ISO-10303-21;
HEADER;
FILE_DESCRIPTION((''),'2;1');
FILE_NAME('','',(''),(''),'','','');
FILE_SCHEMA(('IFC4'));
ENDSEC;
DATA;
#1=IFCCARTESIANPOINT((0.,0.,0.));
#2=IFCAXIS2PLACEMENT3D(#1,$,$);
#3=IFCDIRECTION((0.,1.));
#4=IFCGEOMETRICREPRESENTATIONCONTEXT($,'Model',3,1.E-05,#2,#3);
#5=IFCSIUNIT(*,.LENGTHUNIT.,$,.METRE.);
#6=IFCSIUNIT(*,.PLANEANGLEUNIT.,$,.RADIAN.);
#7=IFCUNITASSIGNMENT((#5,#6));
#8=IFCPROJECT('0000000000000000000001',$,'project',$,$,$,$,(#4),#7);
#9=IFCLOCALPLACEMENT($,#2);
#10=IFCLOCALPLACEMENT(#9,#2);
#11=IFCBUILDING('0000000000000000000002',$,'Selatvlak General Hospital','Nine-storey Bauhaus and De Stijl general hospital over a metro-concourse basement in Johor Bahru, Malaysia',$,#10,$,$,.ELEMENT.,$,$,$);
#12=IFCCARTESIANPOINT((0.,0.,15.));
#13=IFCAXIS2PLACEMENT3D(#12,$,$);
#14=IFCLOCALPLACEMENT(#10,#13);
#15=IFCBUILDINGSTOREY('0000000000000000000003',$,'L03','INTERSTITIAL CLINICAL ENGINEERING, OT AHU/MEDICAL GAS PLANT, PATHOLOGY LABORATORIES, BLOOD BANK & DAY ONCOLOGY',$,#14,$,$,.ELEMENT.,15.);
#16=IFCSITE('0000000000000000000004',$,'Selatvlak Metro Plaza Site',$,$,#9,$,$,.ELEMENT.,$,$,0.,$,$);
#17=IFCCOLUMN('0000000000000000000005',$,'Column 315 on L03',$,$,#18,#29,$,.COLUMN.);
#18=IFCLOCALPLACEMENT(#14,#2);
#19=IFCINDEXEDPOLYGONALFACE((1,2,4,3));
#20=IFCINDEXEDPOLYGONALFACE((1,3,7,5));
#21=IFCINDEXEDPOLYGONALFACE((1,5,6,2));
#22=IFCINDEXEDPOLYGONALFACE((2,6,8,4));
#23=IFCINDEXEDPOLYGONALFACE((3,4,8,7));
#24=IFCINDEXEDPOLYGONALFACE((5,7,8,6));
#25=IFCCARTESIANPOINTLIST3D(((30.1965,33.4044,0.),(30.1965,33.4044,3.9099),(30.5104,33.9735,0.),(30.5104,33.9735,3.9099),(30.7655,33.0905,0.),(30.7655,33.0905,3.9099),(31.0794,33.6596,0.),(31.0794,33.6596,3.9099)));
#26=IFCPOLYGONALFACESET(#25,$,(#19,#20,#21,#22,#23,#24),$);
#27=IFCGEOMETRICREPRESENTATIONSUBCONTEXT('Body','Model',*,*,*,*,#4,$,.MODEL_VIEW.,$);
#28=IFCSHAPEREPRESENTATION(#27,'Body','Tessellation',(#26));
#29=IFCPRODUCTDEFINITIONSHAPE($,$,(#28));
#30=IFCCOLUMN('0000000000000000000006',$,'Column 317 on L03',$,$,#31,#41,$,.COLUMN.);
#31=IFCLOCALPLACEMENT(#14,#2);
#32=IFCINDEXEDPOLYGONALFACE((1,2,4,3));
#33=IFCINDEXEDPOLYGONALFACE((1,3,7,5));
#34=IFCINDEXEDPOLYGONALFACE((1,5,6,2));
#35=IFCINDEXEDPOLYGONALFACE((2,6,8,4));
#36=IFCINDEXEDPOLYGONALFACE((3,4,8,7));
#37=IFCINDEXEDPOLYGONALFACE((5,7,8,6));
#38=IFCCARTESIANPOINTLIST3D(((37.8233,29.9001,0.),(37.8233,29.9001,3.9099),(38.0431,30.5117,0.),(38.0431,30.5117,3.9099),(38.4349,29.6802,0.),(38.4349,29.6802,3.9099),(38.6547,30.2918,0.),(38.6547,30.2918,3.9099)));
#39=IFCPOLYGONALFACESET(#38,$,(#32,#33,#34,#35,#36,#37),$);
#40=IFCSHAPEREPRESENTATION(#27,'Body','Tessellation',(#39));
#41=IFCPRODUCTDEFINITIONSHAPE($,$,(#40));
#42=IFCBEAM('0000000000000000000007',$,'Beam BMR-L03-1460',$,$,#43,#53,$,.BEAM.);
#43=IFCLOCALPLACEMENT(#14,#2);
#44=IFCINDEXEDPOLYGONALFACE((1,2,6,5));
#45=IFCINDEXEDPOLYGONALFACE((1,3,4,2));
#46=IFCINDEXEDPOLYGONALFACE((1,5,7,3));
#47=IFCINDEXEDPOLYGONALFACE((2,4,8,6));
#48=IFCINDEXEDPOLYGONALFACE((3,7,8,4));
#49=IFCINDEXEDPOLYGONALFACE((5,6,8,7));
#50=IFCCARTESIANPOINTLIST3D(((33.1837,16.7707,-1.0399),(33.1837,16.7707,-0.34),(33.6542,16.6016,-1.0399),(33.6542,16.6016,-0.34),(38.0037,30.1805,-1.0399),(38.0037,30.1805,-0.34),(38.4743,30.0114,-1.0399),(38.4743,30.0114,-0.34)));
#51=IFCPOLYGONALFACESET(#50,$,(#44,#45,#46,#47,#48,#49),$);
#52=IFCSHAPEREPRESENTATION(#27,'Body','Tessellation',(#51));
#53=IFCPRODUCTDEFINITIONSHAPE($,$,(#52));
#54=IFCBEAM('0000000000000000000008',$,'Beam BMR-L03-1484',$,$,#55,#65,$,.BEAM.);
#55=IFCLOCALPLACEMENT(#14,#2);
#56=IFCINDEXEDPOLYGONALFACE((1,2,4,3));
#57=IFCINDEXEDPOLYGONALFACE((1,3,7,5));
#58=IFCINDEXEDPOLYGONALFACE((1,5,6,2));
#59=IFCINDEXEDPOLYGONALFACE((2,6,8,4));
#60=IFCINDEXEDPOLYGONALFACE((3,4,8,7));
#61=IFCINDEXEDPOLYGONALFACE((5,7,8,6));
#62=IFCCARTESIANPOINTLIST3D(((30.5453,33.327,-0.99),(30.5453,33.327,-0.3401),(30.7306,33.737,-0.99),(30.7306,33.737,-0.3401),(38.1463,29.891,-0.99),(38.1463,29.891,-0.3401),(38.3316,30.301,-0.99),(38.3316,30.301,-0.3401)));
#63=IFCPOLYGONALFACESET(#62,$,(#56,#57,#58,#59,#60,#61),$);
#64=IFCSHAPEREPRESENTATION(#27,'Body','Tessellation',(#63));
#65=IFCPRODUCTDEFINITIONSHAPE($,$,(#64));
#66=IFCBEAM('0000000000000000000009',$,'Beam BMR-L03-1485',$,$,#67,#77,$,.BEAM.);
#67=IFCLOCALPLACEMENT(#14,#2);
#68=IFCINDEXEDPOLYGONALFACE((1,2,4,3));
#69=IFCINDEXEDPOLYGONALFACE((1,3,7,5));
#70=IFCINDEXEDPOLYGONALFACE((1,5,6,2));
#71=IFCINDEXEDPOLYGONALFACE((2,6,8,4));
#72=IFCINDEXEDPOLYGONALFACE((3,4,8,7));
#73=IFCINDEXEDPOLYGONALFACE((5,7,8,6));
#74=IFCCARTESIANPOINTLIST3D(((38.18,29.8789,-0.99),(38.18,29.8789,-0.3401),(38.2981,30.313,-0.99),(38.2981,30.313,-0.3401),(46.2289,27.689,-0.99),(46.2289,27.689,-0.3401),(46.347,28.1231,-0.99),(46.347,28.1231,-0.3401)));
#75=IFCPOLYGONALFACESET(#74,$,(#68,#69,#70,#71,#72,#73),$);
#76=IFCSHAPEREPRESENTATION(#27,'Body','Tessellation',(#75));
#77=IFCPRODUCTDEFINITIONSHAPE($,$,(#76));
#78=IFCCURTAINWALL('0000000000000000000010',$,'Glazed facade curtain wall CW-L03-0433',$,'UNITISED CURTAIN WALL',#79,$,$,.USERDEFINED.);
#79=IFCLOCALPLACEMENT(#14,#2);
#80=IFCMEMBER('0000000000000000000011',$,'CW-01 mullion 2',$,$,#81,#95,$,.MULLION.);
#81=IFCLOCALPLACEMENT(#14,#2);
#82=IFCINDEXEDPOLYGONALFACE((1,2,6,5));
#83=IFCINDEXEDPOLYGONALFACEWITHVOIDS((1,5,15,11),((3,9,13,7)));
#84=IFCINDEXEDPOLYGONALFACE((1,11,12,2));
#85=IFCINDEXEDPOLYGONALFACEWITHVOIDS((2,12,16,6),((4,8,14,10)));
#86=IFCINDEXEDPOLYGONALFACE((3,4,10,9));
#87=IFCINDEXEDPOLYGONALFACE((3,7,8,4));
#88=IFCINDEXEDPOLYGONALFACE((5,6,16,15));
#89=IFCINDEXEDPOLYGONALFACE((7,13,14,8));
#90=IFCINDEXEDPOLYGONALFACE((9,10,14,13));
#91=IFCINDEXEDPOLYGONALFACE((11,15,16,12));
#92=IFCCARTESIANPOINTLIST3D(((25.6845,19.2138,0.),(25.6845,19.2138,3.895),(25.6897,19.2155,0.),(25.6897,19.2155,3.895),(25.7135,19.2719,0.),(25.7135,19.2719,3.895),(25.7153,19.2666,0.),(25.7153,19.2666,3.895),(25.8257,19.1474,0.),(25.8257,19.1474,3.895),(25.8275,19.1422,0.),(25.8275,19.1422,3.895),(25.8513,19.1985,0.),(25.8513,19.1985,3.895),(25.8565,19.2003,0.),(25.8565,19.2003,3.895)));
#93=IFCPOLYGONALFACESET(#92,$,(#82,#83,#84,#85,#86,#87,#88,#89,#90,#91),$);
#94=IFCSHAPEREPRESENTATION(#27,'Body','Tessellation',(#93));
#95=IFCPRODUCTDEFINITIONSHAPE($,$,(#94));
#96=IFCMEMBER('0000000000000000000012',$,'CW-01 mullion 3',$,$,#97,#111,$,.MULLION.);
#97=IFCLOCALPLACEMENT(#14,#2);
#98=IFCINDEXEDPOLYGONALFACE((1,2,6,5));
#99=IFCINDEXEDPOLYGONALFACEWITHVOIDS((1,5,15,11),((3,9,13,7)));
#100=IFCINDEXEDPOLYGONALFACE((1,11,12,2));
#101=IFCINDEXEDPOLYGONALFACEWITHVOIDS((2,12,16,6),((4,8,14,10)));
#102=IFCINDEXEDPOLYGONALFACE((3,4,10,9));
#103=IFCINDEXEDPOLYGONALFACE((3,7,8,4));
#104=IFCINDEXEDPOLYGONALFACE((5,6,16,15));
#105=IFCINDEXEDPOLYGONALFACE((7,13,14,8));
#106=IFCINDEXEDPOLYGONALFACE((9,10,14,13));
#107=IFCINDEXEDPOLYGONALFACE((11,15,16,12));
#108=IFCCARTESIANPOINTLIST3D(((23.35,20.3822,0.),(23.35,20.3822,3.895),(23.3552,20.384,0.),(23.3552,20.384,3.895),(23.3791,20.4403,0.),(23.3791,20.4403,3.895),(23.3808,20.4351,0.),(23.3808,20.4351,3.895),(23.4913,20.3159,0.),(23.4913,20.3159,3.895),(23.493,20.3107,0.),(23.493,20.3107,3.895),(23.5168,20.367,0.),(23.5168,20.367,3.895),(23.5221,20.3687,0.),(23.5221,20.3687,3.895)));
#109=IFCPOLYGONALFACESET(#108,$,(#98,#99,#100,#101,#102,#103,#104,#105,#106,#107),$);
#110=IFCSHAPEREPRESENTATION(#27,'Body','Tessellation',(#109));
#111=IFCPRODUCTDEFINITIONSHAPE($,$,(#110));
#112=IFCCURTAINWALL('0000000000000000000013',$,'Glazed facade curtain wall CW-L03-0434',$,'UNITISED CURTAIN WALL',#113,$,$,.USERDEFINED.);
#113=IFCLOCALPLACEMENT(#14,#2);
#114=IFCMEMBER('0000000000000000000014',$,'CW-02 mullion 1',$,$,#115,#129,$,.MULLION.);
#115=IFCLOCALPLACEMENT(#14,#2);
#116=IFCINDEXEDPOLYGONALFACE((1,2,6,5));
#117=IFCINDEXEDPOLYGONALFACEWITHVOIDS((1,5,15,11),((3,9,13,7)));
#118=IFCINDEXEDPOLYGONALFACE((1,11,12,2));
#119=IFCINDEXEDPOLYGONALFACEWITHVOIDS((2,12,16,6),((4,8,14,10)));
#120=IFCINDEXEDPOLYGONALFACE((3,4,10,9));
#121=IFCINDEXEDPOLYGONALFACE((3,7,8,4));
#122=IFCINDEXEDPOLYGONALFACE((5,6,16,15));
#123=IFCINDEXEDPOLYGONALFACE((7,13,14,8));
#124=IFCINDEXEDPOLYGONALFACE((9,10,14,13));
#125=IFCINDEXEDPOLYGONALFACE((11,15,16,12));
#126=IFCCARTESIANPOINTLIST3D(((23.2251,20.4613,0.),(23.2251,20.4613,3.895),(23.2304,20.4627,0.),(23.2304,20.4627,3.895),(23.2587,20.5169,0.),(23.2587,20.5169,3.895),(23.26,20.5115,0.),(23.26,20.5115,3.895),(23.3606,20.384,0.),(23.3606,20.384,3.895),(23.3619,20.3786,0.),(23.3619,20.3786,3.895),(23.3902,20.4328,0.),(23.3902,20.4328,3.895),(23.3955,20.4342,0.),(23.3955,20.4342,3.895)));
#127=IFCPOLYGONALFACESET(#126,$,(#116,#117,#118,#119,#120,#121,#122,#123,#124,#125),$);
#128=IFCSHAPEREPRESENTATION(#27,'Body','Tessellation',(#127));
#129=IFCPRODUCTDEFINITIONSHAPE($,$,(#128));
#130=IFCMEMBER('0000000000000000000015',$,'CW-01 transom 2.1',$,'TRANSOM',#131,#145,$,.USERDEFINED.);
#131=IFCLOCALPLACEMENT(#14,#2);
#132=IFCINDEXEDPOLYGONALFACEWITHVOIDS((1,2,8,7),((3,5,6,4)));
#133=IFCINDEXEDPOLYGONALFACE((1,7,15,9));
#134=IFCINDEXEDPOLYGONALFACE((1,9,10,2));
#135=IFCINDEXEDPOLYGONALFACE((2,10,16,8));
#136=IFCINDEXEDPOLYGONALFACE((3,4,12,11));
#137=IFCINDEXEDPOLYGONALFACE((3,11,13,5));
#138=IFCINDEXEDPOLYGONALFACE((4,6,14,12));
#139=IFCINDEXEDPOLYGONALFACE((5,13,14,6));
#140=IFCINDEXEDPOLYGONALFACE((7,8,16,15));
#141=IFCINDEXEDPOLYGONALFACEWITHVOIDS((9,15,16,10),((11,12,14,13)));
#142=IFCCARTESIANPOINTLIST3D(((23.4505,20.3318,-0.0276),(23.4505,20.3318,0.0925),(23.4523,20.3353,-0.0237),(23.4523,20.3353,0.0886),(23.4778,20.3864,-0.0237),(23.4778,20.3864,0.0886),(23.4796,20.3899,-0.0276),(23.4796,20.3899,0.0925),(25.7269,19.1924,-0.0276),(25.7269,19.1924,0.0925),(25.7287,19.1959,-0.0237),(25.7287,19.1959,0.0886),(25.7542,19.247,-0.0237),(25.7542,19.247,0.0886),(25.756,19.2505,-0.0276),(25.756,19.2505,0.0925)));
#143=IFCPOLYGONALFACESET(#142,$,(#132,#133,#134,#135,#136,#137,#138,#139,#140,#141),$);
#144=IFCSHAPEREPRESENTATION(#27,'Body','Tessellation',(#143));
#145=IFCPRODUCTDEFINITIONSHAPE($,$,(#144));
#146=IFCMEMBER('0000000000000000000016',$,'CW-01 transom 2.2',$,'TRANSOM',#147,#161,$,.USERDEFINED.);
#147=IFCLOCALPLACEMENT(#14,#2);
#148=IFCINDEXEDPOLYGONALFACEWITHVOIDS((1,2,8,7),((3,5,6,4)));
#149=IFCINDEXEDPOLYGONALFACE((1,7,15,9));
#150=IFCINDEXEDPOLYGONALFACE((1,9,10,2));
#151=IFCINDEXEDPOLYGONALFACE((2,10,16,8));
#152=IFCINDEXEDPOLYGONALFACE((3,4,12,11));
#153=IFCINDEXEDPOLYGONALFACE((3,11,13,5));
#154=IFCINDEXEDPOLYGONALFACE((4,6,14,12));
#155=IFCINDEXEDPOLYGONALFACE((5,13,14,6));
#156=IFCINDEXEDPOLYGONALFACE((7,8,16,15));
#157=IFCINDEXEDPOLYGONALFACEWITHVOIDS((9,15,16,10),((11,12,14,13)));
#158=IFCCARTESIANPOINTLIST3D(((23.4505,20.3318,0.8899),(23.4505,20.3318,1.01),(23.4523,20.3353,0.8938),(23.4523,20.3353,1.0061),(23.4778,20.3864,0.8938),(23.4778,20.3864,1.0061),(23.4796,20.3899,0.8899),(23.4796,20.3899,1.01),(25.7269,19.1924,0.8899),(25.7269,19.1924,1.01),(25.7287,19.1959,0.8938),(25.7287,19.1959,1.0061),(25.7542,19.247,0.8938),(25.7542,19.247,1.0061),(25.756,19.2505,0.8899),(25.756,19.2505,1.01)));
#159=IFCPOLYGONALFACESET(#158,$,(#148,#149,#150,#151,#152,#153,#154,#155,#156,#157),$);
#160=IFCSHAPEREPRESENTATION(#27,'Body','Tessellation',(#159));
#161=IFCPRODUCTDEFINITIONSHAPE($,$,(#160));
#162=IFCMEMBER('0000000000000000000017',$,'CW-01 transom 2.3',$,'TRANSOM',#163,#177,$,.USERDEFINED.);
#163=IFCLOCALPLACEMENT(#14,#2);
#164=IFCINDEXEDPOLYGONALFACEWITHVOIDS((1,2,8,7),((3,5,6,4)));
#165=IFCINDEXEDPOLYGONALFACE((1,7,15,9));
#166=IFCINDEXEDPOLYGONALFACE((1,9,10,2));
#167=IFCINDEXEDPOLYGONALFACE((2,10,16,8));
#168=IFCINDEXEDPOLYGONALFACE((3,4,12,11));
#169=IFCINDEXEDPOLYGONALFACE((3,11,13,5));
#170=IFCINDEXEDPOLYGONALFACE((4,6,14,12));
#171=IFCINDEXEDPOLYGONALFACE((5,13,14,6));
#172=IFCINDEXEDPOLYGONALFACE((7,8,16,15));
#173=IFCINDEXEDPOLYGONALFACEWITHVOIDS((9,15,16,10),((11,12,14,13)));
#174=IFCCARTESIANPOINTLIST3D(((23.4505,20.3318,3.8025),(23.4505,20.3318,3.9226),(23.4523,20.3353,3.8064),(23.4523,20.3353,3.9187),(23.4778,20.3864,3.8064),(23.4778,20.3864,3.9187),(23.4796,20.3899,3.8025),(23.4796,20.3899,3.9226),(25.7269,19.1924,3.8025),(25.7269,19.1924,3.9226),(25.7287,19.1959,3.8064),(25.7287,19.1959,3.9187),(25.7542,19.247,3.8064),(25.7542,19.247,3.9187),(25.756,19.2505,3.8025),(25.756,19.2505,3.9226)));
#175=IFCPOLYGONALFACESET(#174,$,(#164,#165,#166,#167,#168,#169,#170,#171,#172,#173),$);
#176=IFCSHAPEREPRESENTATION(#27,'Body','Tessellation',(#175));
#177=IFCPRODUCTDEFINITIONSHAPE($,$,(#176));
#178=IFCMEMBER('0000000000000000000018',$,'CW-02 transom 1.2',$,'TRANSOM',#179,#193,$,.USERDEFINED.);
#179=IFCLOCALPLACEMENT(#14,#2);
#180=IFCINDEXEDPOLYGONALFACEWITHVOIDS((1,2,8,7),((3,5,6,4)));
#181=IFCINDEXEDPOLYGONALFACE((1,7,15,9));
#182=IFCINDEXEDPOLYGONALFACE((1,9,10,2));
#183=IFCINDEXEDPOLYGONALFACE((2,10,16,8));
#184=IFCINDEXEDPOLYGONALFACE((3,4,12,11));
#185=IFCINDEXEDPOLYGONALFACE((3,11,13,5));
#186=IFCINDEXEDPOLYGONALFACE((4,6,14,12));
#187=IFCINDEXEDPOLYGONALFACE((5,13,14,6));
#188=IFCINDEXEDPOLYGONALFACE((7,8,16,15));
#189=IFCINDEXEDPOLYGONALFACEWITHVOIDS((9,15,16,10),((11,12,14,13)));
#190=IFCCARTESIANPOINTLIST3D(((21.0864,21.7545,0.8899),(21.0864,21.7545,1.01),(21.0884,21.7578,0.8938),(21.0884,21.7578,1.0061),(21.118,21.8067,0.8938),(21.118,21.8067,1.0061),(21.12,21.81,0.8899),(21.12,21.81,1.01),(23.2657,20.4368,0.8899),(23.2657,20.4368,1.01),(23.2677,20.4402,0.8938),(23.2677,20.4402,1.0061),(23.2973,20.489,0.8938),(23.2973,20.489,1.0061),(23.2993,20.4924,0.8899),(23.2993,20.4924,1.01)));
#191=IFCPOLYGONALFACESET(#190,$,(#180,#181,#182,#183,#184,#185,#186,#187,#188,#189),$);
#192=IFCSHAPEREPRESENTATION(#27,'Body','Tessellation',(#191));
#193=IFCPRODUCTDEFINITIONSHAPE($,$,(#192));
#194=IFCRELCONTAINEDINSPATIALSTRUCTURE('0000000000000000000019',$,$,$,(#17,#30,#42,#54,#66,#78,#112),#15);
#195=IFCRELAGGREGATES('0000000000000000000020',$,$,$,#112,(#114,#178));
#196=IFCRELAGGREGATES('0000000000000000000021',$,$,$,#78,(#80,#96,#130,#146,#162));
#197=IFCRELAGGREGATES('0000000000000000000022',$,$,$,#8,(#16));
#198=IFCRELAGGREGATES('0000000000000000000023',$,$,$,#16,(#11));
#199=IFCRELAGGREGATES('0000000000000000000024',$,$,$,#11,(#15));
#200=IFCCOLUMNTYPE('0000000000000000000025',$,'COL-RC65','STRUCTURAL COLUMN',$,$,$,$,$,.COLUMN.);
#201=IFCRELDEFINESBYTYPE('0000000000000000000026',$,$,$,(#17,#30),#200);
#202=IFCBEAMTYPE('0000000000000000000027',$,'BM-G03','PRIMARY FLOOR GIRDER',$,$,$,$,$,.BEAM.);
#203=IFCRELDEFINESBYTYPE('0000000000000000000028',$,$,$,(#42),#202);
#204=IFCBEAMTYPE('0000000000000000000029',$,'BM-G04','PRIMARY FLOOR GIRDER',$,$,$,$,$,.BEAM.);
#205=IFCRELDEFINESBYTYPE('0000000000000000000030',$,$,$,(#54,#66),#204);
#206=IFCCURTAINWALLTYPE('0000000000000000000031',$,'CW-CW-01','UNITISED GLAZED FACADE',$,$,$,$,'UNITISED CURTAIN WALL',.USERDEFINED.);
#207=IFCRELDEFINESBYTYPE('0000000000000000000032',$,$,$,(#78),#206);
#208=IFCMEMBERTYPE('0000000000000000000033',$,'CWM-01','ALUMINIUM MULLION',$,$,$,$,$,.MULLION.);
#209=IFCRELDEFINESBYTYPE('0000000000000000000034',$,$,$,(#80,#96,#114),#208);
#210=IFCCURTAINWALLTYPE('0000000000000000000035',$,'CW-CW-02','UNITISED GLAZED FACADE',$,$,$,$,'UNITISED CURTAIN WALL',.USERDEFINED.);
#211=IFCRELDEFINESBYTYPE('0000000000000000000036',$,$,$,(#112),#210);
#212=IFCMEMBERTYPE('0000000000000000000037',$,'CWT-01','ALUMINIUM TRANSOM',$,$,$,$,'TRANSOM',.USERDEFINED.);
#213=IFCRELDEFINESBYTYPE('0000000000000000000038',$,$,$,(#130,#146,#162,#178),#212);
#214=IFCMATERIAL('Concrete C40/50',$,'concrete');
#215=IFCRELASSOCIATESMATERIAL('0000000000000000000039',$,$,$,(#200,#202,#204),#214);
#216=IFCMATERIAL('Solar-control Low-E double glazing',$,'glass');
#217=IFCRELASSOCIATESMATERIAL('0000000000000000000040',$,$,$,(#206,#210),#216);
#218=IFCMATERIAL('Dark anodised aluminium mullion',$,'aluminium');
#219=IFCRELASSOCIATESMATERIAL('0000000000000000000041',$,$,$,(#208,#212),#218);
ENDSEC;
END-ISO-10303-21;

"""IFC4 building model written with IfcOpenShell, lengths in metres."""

from ifc_helpers import new_model, si_unit, direction, frame, origin, origin_2d, place, context, subcontext, project, spatial, rectangle, hollow_rectangle, extrude, material, material_profile, profile_set, type_object, element, aggregate, save


model = new_model("IFC4")

# Units and contexts
model_context = context("Model", 3, precision=1e-05, world=origin(), true_north=direction((0.0, 1.0)))
body_context = subcontext(model_context, "Body", "Model", "MODEL_VIEW")
ifc_project = project(units=[si_unit("LENGTHUNIT", "METRE"), si_unit("PLANEANGLEUNIT", "RADIAN")], contexts=[model_context])

# Site, building, storey
site_placement = place(None, origin())
site = spatial("IfcSite", under=ifc_project, at=site_placement, Name="Selatvlak Metro Plaza Site", CompositionType="ELEMENT", RefElevation=0.0)
building_placement = place(site_placement, origin())
building = spatial("IfcBuilding", under=site, at=building_placement, Name="Selatvlak General Hospital", Description="Nine-storey Bauhaus and De Stijl general hospital over a metro-concourse basement in Johor Bahru, Malaysia", CompositionType="ELEMENT")
storey_placement = place(building_placement, frame((0.0, 0.0, 15.0)))
storey = spatial("IfcBuildingStorey", under=building, at=storey_placement, Name="L03", Description="INTERSTITIAL CLINICAL ENGINEERING, OT AHU/MEDICAL GAS PLANT, PATHOLOGY LABORATORIES, BLOOD BANK & DAY ONCOLOGY", CompositionType="ELEMENT", Elevation=15.0)

# Columns
ifc_material_1 = material(Name="Concrete C40/50", Category="concrete")
ifc_material_profile_1 = material_profile(ifc_material_1, rectangle(XDim=0.6499, YDim=0.6499, at=origin_2d()), Name="RC-COL 650x650")
ifc_profile_set_1 = profile_set([ifc_material_profile_1], Name="Concrete C40/50")
column_type = type_object("IfcColumnType", Name="COL-RC65", Description="STRUCTURAL COLUMN", PredefinedType="COLUMN", material=ifc_profile_set_1)
for number, where, z_axis, x_axis, name in (
    (1, (30.6379, 33.532, 0.0), (0.0, 0.0, 1.0), (0.483007, 0.875616, 0.0), "Column 315 on L03"),
    (2, (38.239, 30.0959, 0.0), (0.0, 0.0, 1.0), (0.338262, 0.941052, 0.0), "Column 317 on L03"),
):
    element("IfcColumn", number, at=place(storey_placement, frame(where, z_axis=z_axis, x_axis=x_axis)), inside=storey, type_object=column_type, Name=name, PredefinedType="COLUMN", context=body_context, shape_type="SweptSolid", body=[
        extrude(rectangle(XDim=0.6499, YDim=0.6499, at=origin_2d()), origin(), (0.0, 0.0, 1.0), 3.9099),
    ])

# Beams
ifc_material_profile_2 = material_profile(ifc_material_1, rectangle(XDim=0.5, YDim=0.7, at=origin_2d()), Name="RC-BM 500x700")
ifc_profile_set_2 = profile_set([ifc_material_profile_2], Name="Concrete C40/50")
beam_type_1 = type_object("IfcBeamType", Name="BM-G03", Description="PRIMARY FLOOR GIRDER", PredefinedType="BEAM", material=ifc_profile_set_2)
beam_placement = place(storey_placement, frame((38.239, 30.0959, -0.6899), z_axis=(-0.338253, -0.941055, 0.0), x_axis=(0.941055, -0.338253, 0.0)))
element("IfcBeam", 3, at=beam_placement, inside=storey, type_object=beam_type_1, Name="Beam BMR-L03-1460", PredefinedType="BEAM", context=body_context, shape_type="SweptSolid", body=[
    extrude(rectangle(XDim=0.5, YDim=0.7, at=origin_2d()), origin(), (0.0, 0.0, 1.0), 14.2498),
])
ifc_material_profile_3 = material_profile(ifc_material_1, rectangle(XDim=0.45, YDim=0.6499, at=origin_2d()), Name="RC-BM 450x650")
ifc_profile_set_3 = profile_set([ifc_material_profile_3], Name="Concrete C40/50")
beam_type_2 = type_object("IfcBeamType", Name="BM-G04", Description="PRIMARY FLOOR GIRDER", PredefinedType="BEAM", material=ifc_profile_set_3)
for number, where, z_axis, x_axis, name in (
    (4, (30.6379, 33.532, -0.665), (0.911223, -0.411914, 0.0), (0.411914, 0.911223, 0.0), "Beam BMR-L03-1484"),
    (5, (38.239, 30.0959, -0.665), (0.964924, -0.26253, 0.0), (0.26253, 0.964924, 0.0), "Beam BMR-L03-1485"),
):
    element("IfcBeam", number, at=place(storey_placement, frame(where, z_axis=z_axis, x_axis=x_axis)), inside=storey, type_object=beam_type_2, Name=name, PredefinedType="BEAM", context=body_context, shape_type="SweptSolid", body=[
        extrude(rectangle(XDim=0.45, YDim=0.6499, at=origin_2d()), origin(), (0.0, 0.0, 1.0), 8.3416),
    ])

# Curtain wall, members
ifc_material_2 = material(Name="Solar-control Low-E double glazing", Category="glass")
curtain_wall_type_1 = type_object("IfcCurtainWallType", Name="CW-CW-01", Description="UNITISED GLAZED FACADE", ElementType="UNITISED CURTAIN WALL", PredefinedType="USERDEFINED", material=ifc_material_2)
curtain_wall_1_placement = place(storey_placement, origin())
curtain_wall_1 = element("IfcCurtainWall", 6, at=curtain_wall_1_placement, inside=storey, type_object=curtain_wall_type_1, Name="Glazed facade curtain wall CW-L03-0433", ObjectType="UNITISED CURTAIN WALL", PredefinedType="USERDEFINED")
ifc_material_3 = material(Name="Dark anodised aluminium mullion", Category="aluminium")
ifc_material_profile_4 = material_profile(ifc_material_3, hollow_rectangle(XDim=0.0649, YDim=0.1599, WallThickness=0.0039, at=origin_2d()), Name="AL-MUL 65x160x4")
ifc_profile_set_4 = profile_set([ifc_material_profile_4], Name="Dark anodised aluminium mullion")
member_type_1 = type_object("IfcMemberType", Name="CWM-01", Description="ALUMINIUM MULLION", PredefinedType="MULLION", material=ifc_profile_set_4)
member_1_placement = place(storey_placement, frame((25.7705, 19.207, 0.0), z_axis=(0.0, 0.0, 1.0), x_axis=(-0.447592, -0.894238, 0.0)))
member_1 = element("IfcMember", 7, at=member_1_placement, type_object=member_type_1, Name="CW-01 mullion 2", PredefinedType="MULLION", context=body_context, shape_type="SweptSolid", body=[
    extrude(hollow_rectangle(XDim=0.0649, YDim=0.1599, WallThickness=0.0039, at=origin_2d()), origin(), (0.0, 0.0, 1.0), 3.895),
])
member_2_placement = place(storey_placement, frame((23.436, 20.3755, 0.0), z_axis=(0.0, 0.0, 1.0), x_axis=(-0.447592, -0.894238, 0.0)))
member_2 = element("IfcMember", 8, at=member_2_placement, type_object=member_type_1, Name="CW-01 mullion 3", PredefinedType="MULLION", context=body_context, shape_type="SweptSolid", body=[
    extrude(hollow_rectangle(XDim=0.0649, YDim=0.1599, WallThickness=0.0039, at=origin_2d()), origin(), (0.0, 0.0, 1.0), 3.895),
])

# Curtain wall, member
curtain_wall_type_2 = type_object("IfcCurtainWallType", Name="CW-CW-02", Description="UNITISED GLAZED FACADE", ElementType="UNITISED CURTAIN WALL", PredefinedType="USERDEFINED", material=ifc_material_2)
curtain_wall_2_placement = place(storey_placement, origin())
curtain_wall_2 = element("IfcCurtainWall", 9, at=curtain_wall_2_placement, inside=storey, type_object=curtain_wall_type_2, Name="Glazed facade curtain wall CW-L03-0434", ObjectType="UNITISED CURTAIN WALL", PredefinedType="USERDEFINED")
member_3_placement = place(storey_placement, frame((23.3103, 20.4478, 0.0), z_axis=(0.0, 0.0, 1.0), x_axis=(-0.517413, -0.855736, 0.0)))
member_3 = element("IfcMember", 10, at=member_3_placement, type_object=member_type_1, Name="CW-02 mullion 1", PredefinedType="MULLION", context=body_context, shape_type="SweptSolid", body=[
    extrude(hollow_rectangle(XDim=0.0649, YDim=0.1599, WallThickness=0.0039, at=origin_2d()), origin(), (0.0, 0.0, 1.0), 3.895),
])

# Members
ifc_material_profile_5 = material_profile(ifc_material_3, hollow_rectangle(XDim=0.0649, YDim=0.1201, WallThickness=0.0039, at=origin_2d()), Name="AL-TRN 65x120x4")
ifc_profile_set_5 = profile_set([ifc_material_profile_5], Name="Dark anodised aluminium mullion")
member_type_2 = type_object("IfcMemberType", Name="CWT-01", Description="ALUMINIUM TRANSOM", ElementType="TRANSOM", PredefinedType="USERDEFINED", material=ifc_profile_set_5)
member_4_placement = place(storey_placement, frame((25.7415, 19.2214, 0.0325), z_axis=(-0.894235, 0.447597, 0.0), x_axis=(-0.447597, -0.894235, 0.0)))
member_4 = element("IfcMember", 11, at=member_4_placement, type_object=member_type_2, Name="CW-01 transom 2.1", ObjectType="TRANSOM", PredefinedType="USERDEFINED", context=body_context, shape_type="SweptSolid", body=[
    extrude(hollow_rectangle(XDim=0.0649, YDim=0.1201, WallThickness=0.0039, at=origin_2d()), origin(), (0.0, 0.0, 1.0), 2.5457),
])
member_5_placement = place(storey_placement, frame((25.7415, 19.2214, 0.95), z_axis=(-0.894235, 0.447597, 0.0), x_axis=(-0.447597, -0.894235, 0.0)))
member_5 = element("IfcMember", 12, at=member_5_placement, type_object=member_type_2, Name="CW-01 transom 2.2", ObjectType="TRANSOM", PredefinedType="USERDEFINED", context=body_context, shape_type="SweptSolid", body=[
    extrude(hollow_rectangle(XDim=0.0649, YDim=0.1201, WallThickness=0.0039, at=origin_2d()), origin(), (0.0, 0.0, 1.0), 2.5457),
])
member_6_placement = place(storey_placement, frame((25.7415, 19.2214, 3.8625), z_axis=(-0.894235, 0.447597, 0.0), x_axis=(-0.447597, -0.894235, 0.0)))
member_6 = element("IfcMember", 13, at=member_6_placement, type_object=member_type_2, Name="CW-01 transom 2.3", ObjectType="TRANSOM", PredefinedType="USERDEFINED", context=body_context, shape_type="SweptSolid", body=[
    extrude(hollow_rectangle(XDim=0.0649, YDim=0.1201, WallThickness=0.0039, at=origin_2d()), origin(), (0.0, 0.0, 1.0), 2.5457),
])
member_7_placement = place(storey_placement, frame((23.2825, 20.4646, 0.95), z_axis=(-0.855737, 0.517411, 0.0), x_axis=(-0.517411, -0.855737, 0.0)))
member_7 = element("IfcMember", 14, at=member_7_placement, type_object=member_type_2, Name="CW-02 transom 1.2", ObjectType="TRANSOM", PredefinedType="USERDEFINED", context=body_context, shape_type="SweptSolid", body=[
    extrude(hollow_rectangle(XDim=0.0649, YDim=0.1201, WallThickness=0.0039, at=origin_2d()), origin(), (0.0, 0.0, 1.0), 2.5466),
])
aggregate(curtain_wall_2, [member_3, member_7])

aggregate(curtain_wall_1, [member_1, member_2, member_4, member_5, member_6])

save(model, "model.ifc")
